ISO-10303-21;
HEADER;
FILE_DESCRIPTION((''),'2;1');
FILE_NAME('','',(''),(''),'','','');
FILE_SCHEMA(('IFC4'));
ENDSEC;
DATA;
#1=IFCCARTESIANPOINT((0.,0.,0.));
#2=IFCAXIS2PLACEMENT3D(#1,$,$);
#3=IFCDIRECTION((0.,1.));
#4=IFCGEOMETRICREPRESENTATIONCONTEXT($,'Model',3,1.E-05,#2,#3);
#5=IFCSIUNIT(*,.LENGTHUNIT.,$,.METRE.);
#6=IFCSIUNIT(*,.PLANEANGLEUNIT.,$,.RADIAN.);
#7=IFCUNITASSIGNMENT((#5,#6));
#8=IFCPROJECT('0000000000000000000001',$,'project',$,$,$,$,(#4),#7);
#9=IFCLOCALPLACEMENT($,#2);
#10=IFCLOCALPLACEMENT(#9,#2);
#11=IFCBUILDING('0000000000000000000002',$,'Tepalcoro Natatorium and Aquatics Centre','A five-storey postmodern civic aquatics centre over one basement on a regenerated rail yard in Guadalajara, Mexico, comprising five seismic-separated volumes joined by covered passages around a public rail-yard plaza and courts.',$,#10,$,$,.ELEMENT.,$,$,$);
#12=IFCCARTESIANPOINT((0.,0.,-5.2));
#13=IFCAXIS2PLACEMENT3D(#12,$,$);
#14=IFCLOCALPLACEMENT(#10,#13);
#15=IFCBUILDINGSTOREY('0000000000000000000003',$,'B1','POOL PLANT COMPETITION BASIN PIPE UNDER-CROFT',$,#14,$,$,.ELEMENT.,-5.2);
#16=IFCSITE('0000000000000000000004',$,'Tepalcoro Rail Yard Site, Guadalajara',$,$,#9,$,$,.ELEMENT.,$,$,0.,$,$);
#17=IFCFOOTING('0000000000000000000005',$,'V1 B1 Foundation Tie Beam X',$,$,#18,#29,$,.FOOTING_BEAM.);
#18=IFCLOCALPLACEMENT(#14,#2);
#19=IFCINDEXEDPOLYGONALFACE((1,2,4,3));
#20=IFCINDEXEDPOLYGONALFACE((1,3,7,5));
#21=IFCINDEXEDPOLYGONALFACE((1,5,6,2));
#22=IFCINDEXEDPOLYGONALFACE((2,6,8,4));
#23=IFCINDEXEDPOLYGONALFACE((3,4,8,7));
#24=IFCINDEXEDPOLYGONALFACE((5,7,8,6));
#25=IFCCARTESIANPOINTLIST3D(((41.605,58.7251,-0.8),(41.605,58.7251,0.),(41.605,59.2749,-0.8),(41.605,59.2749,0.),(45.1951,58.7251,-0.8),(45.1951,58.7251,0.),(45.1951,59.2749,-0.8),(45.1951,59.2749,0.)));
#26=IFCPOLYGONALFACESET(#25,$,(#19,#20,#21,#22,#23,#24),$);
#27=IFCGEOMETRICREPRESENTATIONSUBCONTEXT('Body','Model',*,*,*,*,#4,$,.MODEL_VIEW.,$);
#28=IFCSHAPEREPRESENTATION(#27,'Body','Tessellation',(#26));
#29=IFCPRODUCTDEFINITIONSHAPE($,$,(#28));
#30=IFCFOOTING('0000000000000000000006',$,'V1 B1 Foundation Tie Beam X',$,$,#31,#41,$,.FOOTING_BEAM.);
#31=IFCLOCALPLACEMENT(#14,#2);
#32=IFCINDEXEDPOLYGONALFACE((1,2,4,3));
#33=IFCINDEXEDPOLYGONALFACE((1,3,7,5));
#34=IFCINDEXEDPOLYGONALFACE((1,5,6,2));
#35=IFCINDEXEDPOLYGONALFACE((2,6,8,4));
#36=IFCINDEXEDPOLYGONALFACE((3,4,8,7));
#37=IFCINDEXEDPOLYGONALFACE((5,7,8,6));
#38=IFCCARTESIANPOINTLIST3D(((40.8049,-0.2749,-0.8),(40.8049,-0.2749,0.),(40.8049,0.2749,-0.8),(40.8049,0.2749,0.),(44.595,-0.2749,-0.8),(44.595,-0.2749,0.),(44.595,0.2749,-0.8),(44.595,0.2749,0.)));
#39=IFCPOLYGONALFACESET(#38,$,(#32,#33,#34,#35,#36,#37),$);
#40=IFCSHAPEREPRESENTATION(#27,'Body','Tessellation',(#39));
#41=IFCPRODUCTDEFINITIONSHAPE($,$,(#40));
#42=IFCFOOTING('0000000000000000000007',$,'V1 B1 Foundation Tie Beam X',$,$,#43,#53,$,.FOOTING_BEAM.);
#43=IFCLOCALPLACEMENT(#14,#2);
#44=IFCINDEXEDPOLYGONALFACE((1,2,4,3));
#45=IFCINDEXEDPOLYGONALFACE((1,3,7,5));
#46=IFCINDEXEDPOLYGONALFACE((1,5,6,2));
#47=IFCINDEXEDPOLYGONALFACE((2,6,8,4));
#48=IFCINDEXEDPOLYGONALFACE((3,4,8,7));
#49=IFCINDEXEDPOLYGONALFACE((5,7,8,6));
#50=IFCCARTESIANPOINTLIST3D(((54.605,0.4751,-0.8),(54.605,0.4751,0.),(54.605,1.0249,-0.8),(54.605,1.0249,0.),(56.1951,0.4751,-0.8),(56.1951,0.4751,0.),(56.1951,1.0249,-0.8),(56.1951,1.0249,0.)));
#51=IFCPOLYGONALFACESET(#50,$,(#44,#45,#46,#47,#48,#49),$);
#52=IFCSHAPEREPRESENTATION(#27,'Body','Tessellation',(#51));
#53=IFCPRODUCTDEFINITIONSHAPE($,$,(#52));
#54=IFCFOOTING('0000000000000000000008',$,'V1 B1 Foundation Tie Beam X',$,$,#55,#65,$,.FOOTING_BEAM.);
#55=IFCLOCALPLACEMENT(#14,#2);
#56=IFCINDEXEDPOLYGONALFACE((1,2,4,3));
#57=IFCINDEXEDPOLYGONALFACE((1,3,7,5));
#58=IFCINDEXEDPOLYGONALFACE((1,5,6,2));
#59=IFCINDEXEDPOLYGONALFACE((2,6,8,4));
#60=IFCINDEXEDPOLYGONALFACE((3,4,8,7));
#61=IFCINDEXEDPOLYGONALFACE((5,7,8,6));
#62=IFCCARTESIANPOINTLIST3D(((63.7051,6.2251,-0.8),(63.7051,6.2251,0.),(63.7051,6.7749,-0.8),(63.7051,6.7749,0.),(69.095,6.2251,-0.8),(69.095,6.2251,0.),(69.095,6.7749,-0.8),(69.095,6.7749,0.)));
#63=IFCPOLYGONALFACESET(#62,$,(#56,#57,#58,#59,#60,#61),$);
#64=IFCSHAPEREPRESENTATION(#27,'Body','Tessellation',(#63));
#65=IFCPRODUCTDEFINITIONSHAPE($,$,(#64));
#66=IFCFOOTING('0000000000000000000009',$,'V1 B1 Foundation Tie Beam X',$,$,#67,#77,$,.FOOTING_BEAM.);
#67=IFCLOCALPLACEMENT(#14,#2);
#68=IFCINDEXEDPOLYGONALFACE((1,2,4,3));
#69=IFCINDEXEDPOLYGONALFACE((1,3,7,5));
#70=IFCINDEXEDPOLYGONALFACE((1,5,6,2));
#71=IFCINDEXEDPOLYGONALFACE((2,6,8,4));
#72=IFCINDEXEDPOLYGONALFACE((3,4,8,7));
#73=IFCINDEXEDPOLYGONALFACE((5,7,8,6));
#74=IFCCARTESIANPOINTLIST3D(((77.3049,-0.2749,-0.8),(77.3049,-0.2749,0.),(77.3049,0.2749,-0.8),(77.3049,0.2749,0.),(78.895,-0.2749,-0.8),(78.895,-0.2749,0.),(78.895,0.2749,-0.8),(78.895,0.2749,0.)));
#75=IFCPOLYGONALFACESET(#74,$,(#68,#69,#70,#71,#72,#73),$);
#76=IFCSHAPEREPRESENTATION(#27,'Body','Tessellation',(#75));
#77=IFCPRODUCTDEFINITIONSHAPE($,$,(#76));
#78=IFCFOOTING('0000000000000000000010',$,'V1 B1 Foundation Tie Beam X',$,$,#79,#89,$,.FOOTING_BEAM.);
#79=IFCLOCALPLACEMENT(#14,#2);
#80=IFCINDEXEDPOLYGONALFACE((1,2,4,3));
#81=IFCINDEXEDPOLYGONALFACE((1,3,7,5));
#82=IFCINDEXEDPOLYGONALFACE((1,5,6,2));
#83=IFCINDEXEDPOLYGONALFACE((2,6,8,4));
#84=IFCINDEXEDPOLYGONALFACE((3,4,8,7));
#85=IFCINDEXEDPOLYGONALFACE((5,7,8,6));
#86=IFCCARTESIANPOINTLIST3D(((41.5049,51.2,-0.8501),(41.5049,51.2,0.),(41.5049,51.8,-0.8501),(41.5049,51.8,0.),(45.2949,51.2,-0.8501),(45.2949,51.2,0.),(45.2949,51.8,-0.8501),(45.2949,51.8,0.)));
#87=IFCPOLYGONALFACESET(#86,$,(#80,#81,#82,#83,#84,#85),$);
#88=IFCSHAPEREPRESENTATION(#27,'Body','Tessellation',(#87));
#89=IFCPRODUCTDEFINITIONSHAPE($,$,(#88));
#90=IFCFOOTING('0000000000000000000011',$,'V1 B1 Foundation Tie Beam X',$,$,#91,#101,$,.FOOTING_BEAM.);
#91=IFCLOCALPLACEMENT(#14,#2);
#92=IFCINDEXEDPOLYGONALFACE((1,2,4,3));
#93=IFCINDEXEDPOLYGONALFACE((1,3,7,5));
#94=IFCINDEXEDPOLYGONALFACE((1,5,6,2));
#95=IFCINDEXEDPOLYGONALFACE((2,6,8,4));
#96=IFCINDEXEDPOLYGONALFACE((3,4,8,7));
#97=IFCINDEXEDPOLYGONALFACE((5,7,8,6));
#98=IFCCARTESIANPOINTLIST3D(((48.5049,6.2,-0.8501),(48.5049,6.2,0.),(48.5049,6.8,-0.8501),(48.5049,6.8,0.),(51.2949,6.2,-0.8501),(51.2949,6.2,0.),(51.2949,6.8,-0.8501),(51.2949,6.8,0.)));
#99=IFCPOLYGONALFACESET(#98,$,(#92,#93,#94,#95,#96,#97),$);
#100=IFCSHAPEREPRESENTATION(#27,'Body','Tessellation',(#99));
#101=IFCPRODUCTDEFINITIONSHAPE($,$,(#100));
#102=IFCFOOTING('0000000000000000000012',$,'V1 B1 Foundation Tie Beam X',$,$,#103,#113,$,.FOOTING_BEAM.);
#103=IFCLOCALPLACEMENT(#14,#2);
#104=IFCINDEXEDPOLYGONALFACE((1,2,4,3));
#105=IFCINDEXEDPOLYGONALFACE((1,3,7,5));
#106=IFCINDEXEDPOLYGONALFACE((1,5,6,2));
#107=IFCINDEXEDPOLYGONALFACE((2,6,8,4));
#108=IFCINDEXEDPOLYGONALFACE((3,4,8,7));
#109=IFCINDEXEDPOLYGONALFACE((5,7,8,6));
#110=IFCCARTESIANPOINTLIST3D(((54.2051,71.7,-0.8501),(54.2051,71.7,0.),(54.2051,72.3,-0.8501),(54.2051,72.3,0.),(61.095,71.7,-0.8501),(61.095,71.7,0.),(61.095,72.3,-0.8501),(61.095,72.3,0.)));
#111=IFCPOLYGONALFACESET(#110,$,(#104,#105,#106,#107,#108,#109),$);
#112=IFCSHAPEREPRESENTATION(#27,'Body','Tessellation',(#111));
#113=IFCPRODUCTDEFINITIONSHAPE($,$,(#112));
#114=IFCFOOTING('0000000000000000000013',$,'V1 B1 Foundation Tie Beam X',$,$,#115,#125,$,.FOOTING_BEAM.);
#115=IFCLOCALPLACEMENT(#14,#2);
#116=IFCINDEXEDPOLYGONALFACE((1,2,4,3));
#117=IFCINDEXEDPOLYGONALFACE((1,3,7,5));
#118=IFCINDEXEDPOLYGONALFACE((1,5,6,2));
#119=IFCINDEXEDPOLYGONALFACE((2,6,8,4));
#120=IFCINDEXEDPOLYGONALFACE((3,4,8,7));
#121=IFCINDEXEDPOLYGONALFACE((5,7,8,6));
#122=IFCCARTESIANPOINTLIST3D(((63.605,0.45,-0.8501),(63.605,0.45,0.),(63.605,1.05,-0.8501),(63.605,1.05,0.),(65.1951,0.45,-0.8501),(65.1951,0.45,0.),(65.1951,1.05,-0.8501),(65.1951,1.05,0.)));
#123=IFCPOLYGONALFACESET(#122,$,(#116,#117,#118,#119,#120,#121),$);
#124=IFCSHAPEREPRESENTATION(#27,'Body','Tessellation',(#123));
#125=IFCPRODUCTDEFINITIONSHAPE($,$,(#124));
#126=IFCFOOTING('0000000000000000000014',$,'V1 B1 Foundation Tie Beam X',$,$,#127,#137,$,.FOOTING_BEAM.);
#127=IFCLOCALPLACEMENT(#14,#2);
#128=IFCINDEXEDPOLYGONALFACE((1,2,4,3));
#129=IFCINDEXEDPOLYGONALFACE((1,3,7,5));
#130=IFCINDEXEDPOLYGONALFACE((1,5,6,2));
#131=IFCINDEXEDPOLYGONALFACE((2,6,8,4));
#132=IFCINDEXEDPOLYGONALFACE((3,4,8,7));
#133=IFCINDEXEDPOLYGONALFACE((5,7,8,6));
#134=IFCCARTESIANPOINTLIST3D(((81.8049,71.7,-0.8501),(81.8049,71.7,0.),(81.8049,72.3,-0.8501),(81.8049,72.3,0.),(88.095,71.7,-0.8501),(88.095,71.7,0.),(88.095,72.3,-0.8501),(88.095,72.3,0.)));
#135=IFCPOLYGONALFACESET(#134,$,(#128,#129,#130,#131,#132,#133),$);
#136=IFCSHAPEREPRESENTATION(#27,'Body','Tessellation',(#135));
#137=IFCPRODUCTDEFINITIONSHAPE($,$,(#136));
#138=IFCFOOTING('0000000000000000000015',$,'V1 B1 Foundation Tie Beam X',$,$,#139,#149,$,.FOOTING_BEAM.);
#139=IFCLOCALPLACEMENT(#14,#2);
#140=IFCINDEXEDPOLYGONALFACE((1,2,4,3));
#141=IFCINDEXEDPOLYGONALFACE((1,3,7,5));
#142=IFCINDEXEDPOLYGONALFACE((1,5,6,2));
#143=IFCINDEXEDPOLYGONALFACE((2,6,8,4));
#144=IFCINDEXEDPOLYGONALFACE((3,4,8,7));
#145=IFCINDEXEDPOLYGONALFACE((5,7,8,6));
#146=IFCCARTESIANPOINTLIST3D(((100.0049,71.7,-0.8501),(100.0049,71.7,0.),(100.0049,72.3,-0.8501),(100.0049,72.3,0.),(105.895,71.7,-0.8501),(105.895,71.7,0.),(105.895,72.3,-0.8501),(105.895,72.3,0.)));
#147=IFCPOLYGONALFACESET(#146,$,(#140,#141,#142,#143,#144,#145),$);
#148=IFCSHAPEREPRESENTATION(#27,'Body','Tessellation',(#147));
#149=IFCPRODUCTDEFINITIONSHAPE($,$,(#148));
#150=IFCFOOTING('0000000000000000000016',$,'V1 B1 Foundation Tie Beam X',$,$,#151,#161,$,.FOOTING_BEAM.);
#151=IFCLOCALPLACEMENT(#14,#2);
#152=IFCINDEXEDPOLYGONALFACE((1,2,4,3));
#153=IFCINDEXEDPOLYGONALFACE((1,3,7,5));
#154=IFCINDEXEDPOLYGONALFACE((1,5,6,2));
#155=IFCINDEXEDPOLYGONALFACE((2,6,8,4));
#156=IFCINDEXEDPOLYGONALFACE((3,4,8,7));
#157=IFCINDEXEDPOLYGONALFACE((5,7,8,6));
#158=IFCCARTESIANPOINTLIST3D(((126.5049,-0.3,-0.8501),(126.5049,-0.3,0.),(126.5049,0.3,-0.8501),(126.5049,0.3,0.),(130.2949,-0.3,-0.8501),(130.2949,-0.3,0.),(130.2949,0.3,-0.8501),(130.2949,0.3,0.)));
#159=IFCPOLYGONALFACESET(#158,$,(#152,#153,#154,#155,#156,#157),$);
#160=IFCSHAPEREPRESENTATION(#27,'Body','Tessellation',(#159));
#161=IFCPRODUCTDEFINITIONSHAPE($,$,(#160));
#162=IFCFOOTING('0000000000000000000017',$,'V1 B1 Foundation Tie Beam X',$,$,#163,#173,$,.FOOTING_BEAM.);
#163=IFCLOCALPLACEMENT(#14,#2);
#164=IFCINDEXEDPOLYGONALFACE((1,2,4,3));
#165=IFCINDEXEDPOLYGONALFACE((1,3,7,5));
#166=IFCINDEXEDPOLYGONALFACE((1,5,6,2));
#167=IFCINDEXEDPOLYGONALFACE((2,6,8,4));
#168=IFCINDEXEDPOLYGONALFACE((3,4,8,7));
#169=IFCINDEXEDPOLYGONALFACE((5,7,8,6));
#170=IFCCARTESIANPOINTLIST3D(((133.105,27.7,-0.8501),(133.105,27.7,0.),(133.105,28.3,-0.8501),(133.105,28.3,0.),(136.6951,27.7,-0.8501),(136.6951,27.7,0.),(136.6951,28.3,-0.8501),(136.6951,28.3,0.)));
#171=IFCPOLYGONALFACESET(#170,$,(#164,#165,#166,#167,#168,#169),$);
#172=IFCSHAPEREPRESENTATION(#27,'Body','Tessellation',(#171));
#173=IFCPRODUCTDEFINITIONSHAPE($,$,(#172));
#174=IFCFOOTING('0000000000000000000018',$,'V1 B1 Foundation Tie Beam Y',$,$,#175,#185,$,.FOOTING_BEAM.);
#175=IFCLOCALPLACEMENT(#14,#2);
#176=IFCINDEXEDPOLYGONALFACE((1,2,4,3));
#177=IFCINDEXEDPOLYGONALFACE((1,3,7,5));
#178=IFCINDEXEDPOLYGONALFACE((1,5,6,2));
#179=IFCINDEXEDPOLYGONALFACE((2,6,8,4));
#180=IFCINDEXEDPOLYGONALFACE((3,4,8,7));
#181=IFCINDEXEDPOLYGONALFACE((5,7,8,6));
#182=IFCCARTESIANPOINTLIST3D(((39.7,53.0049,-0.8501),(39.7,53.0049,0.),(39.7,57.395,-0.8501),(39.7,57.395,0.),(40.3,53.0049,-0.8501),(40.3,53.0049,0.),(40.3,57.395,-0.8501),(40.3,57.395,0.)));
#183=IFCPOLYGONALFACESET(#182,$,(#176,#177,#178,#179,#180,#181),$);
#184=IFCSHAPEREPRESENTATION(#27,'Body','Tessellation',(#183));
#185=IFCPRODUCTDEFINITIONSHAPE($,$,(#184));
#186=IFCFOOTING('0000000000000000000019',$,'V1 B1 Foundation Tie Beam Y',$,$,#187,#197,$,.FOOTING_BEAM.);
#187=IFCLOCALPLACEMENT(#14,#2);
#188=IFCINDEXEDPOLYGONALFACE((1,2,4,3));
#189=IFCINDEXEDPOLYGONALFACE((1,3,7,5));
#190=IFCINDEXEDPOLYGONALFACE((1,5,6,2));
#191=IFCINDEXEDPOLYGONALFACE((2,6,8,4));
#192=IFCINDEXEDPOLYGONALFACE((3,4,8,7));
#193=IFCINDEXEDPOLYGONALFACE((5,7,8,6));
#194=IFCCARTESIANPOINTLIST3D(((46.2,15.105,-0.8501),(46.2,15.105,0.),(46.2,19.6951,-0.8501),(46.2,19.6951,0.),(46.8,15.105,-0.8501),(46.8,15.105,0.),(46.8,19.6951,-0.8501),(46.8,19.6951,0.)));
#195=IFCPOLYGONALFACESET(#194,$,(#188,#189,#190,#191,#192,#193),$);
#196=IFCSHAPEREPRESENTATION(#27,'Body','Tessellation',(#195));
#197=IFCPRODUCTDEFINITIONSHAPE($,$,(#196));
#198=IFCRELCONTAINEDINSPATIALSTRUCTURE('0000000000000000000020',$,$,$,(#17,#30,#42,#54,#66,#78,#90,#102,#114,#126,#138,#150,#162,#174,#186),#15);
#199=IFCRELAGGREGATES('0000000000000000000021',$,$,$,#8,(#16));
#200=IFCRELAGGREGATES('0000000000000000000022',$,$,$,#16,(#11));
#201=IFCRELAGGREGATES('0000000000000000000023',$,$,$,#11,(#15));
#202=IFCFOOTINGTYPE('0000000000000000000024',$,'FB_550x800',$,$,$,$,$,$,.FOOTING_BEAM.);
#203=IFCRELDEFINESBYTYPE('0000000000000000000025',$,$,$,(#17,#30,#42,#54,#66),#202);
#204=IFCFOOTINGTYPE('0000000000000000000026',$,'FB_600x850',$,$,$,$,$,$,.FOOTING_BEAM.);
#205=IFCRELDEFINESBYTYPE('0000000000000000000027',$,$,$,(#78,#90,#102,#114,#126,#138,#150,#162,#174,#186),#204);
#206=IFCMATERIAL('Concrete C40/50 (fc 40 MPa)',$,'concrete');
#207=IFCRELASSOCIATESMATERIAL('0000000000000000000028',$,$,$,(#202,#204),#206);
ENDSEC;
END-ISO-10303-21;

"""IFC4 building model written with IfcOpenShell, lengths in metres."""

from ifc_helpers import new_model, si_unit, direction, frame, origin, place, context, subcontext, project, spatial, polyline, outline, extrude, material, type_object, element, save


model = new_model("IFC4")

# Units and contexts
model_context = context("Model", 3, precision=1e-05, world=origin(), true_north=direction((0.0, 1.0)))
body_context = subcontext(model_context, "Body", "Model", "MODEL_VIEW")
ifc_project = project(units=[si_unit("LENGTHUNIT", "METRE"), si_unit("PLANEANGLEUNIT", "RADIAN")], contexts=[model_context])

# Site, building, storey
site_placement = place(None, origin())
site = spatial("IfcSite", under=ifc_project, at=site_placement, Name="Tepalcoro Rail Yard Site, Guadalajara", CompositionType="ELEMENT", RefElevation=0.0)
building_placement = place(site_placement, origin())
building = spatial("IfcBuilding", under=site, at=building_placement, Name="Tepalcoro Natatorium and Aquatics Centre", Description="A five-storey postmodern civic aquatics centre over one basement on a regenerated rail yard in Guadalajara, Mexico, comprising five seismic-separated volumes joined by covered passages around a public rail-yard plaza and courts.", CompositionType="ELEMENT")
storey_placement = place(building_placement, frame((0.0, 0.0, -5.2)))
storey = spatial("IfcBuildingStorey", under=building, at=storey_placement, Name="B1", Description="POOL PLANT COMPETITION BASIN PIPE UNDER-CROFT", CompositionType="ELEMENT", Elevation=-5.2)

# Footings
ifc_material = material(Name="Concrete C40/50 (fc 40 MPa)", Category="concrete")
footing_type_1 = type_object("IfcFootingType", Name="FB_550x800", PredefinedType="FOOTING_BEAM", material=ifc_material)
footing_1_placement = place(storey_placement, frame((0.0, 0.0, -0.8)))
element("IfcFooting", 1, at=footing_1_placement, inside=storey, type_object=footing_type_1, Name="V1 B1 Foundation Tie Beam X", PredefinedType="FOOTING_BEAM", context=body_context, shape_type="SweptSolid", body=[
    extrude(outline(polyline([(41.605, 58.7251), (45.1951, 58.7251), (45.1951, 59.2749), (41.605, 59.2749), (41.605, 58.7251)])), origin(), (0.0, 0.0, 1.0), 0.8),
])
footing_2_placement = place(storey_placement, frame((0.0, 0.0, -0.8)))
element("IfcFooting", 2, at=footing_2_placement, inside=storey, type_object=footing_type_1, Name="V1 B1 Foundation Tie Beam X", PredefinedType="FOOTING_BEAM", context=body_context, shape_type="SweptSolid", body=[
    extrude(outline(polyline([(40.8049, -0.2749), (44.595, -0.2749), (44.595, 0.2749), (40.8049, 0.2749), (40.8049, -0.2749)])), origin(), (0.0, 0.0, 1.0), 0.8),
])
footing_3_placement = place(storey_placement, frame((0.0, 0.0, -0.8)))
element("IfcFooting", 3, at=footing_3_placement, inside=storey, type_object=footing_type_1, Name="V1 B1 Foundation Tie Beam X", PredefinedType="FOOTING_BEAM", context=body_context, shape_type="SweptSolid", body=[
    extrude(outline(polyline([(54.605, 0.4751), (56.1951, 0.4751), (56.1951, 1.0249), (54.605, 1.0249), (54.605, 0.4751)])), origin(), (0.0, 0.0, 1.0), 0.8),
])
footing_4_placement = place(storey_placement, frame((0.0, 0.0, -0.8)))
element("IfcFooting", 4, at=footing_4_placement, inside=storey, type_object=footing_type_1, Name="V1 B1 Foundation Tie Beam X", PredefinedType="FOOTING_BEAM", context=body_context, shape_type="SweptSolid", body=[
    extrude(outline(polyline([(63.7051, 6.2251), (69.095, 6.2251), (69.095, 6.7749), (63.7051, 6.7749), (63.7051, 6.2251)])), origin(), (0.0, 0.0, 1.0), 0.8),
])
footing_5_placement = place(storey_placement, frame((0.0, 0.0, -0.8)))
element("IfcFooting", 5, at=footing_5_placement, inside=storey, type_object=footing_type_1, Name="V1 B1 Foundation Tie Beam X", PredefinedType="FOOTING_BEAM", context=body_context, shape_type="SweptSolid", body=[
    extrude(outline(polyline([(77.3049, -0.2749), (78.895, -0.2749), (78.895, 0.2749), (77.3049, 0.2749), (77.3049, -0.2749)])), origin(), (0.0, 0.0, 1.0), 0.8),
])
footing_type_2 = type_object("IfcFootingType", Name="FB_600x850", PredefinedType="FOOTING_BEAM", material=ifc_material)
footing_6_placement = place(storey_placement, frame((0.0, 0.0, -0.8501)))
element("IfcFooting", 6, at=footing_6_placement, inside=storey, type_object=footing_type_2, Name="V1 B1 Foundation Tie Beam X", PredefinedType="FOOTING_BEAM", context=body_context, shape_type="SweptSolid", body=[
    extrude(outline(polyline([(41.5049, 51.2), (45.2949, 51.2), (45.2949, 51.8), (41.5049, 51.8), (41.5049, 51.2)])), origin(), (0.0, 0.0, 1.0), 0.8501),
])
footing_7_placement = place(storey_placement, frame((0.0, 0.0, -0.8501)))
element("IfcFooting", 7, at=footing_7_placement, inside=storey, type_object=footing_type_2, Name="V1 B1 Foundation Tie Beam X", PredefinedType="FOOTING_BEAM", context=body_context, shape_type="SweptSolid", body=[
    extrude(outline(polyline([(48.5049, 6.2), (51.2949, 6.2), (51.2949, 6.8), (48.5049, 6.8), (48.5049, 6.2)])), origin(), (0.0, 0.0, 1.0), 0.8501),
])
footing_8_placement = place(storey_placement, frame((0.0, 0.0, -0.8501)))
element("IfcFooting", 8, at=footing_8_placement, inside=storey, type_object=footing_type_2, Name="V1 B1 Foundation Tie Beam X", PredefinedType="FOOTING_BEAM", context=body_context, shape_type="SweptSolid", body=[
    extrude(outline(polyline([(54.2051, 71.7), (61.095, 71.7), (61.095, 72.3), (54.2051, 72.3), (54.2051, 71.7)])), origin(), (0.0, 0.0, 1.0), 0.8501),
])
footing_9_placement = place(storey_placement, frame((0.0, 0.0, -0.8501)))
element("IfcFooting", 9, at=footing_9_placement, inside=storey, type_object=footing_type_2, Name="V1 B1 Foundation Tie Beam X", PredefinedType="FOOTING_BEAM", context=body_context, shape_type="SweptSolid", body=[
    extrude(outline(polyline([(63.605, 0.45), (65.1951, 0.45), (65.1951, 1.05), (63.605, 1.05), (63.605, 0.45)])), origin(), (0.0, 0.0, 1.0), 0.8501),
])
footing_10_placement = place(storey_placement, frame((0.0, 0.0, -0.8501)))
element("IfcFooting", 10, at=footing_10_placement, inside=storey, type_object=footing_type_2, Name="V1 B1 Foundation Tie Beam X", PredefinedType="FOOTING_BEAM", context=body_context, shape_type="SweptSolid", body=[
    extrude(outline(polyline([(81.8049, 71.7), (88.095, 71.7), (88.095, 72.3), (81.8049, 72.3), (81.8049, 71.7)])), origin(), (0.0, 0.0, 1.0), 0.8501),
])
footing_11_placement = place(storey_placement, frame((0.0, 0.0, -0.8501)))
element("IfcFooting", 11, at=footing_11_placement, inside=storey, type_object=footing_type_2, Name="V1 B1 Foundation Tie Beam X", PredefinedType="FOOTING_BEAM", context=body_context, shape_type="SweptSolid", body=[
    extrude(outline(polyline([(100.0049, 71.7), (105.895, 71.7), (105.895, 72.3), (100.0049, 72.3), (100.0049, 71.7)])), origin(), (0.0, 0.0, 1.0), 0.8501),
])
footing_12_placement = place(storey_placement, frame((0.0, 0.0, -0.8501)))
element("IfcFooting", 12, at=footing_12_placement, inside=storey, type_object=footing_type_2, Name="V1 B1 Foundation Tie Beam X", PredefinedType="FOOTING_BEAM", context=body_context, shape_type="SweptSolid", body=[
    extrude(outline(polyline([(126.5049, -0.3), (130.2949, -0.3), (130.2949, 0.3), (126.5049, 0.3), (126.5049, -0.3)])), origin(), (0.0, 0.0, 1.0), 0.8501),
])
footing_13_placement = place(storey_placement, frame((0.0, 0.0, -0.8501)))
element("IfcFooting", 13, at=footing_13_placement, inside=storey, type_object=footing_type_2, Name="V1 B1 Foundation Tie Beam X", PredefinedType="FOOTING_BEAM", context=body_context, shape_type="SweptSolid", body=[
    extrude(outline(polyline([(133.105, 27.7), (136.6951, 27.7), (136.6951, 28.3), (133.105, 28.3), (133.105, 27.7)])), origin(), (0.0, 0.0, 1.0), 0.8501),
])
footing_14_placement = place(storey_placement, frame((0.0, 0.0, -0.8501)))
element("IfcFooting", 14, at=footing_14_placement, inside=storey, type_object=footing_type_2, Name="V1 B1 Foundation Tie Beam Y", PredefinedType="FOOTING_BEAM", context=body_context, shape_type="SweptSolid", body=[
    extrude(outline(polyline([(40.3, 53.0049), (40.3, 57.395), (39.7, 57.395), (39.7, 53.0049), (40.3, 53.0049)])), origin(), (0.0, 0.0, 1.0), 0.8501),
])
footing_15_placement = place(storey_placement, frame((0.0, 0.0, -0.8501)))
element("IfcFooting", 15, at=footing_15_placement, inside=storey, type_object=footing_type_2, Name="V1 B1 Foundation Tie Beam Y", PredefinedType="FOOTING_BEAM", context=body_context, shape_type="SweptSolid", body=[
    extrude(outline(polyline([(46.8, 15.105), (46.8, 19.6951), (46.2, 19.6951), (46.2, 15.105), (46.8, 15.105)])), origin(), (0.0, 0.0, 1.0), 0.8501),
])

save(model, "model.ifc")
